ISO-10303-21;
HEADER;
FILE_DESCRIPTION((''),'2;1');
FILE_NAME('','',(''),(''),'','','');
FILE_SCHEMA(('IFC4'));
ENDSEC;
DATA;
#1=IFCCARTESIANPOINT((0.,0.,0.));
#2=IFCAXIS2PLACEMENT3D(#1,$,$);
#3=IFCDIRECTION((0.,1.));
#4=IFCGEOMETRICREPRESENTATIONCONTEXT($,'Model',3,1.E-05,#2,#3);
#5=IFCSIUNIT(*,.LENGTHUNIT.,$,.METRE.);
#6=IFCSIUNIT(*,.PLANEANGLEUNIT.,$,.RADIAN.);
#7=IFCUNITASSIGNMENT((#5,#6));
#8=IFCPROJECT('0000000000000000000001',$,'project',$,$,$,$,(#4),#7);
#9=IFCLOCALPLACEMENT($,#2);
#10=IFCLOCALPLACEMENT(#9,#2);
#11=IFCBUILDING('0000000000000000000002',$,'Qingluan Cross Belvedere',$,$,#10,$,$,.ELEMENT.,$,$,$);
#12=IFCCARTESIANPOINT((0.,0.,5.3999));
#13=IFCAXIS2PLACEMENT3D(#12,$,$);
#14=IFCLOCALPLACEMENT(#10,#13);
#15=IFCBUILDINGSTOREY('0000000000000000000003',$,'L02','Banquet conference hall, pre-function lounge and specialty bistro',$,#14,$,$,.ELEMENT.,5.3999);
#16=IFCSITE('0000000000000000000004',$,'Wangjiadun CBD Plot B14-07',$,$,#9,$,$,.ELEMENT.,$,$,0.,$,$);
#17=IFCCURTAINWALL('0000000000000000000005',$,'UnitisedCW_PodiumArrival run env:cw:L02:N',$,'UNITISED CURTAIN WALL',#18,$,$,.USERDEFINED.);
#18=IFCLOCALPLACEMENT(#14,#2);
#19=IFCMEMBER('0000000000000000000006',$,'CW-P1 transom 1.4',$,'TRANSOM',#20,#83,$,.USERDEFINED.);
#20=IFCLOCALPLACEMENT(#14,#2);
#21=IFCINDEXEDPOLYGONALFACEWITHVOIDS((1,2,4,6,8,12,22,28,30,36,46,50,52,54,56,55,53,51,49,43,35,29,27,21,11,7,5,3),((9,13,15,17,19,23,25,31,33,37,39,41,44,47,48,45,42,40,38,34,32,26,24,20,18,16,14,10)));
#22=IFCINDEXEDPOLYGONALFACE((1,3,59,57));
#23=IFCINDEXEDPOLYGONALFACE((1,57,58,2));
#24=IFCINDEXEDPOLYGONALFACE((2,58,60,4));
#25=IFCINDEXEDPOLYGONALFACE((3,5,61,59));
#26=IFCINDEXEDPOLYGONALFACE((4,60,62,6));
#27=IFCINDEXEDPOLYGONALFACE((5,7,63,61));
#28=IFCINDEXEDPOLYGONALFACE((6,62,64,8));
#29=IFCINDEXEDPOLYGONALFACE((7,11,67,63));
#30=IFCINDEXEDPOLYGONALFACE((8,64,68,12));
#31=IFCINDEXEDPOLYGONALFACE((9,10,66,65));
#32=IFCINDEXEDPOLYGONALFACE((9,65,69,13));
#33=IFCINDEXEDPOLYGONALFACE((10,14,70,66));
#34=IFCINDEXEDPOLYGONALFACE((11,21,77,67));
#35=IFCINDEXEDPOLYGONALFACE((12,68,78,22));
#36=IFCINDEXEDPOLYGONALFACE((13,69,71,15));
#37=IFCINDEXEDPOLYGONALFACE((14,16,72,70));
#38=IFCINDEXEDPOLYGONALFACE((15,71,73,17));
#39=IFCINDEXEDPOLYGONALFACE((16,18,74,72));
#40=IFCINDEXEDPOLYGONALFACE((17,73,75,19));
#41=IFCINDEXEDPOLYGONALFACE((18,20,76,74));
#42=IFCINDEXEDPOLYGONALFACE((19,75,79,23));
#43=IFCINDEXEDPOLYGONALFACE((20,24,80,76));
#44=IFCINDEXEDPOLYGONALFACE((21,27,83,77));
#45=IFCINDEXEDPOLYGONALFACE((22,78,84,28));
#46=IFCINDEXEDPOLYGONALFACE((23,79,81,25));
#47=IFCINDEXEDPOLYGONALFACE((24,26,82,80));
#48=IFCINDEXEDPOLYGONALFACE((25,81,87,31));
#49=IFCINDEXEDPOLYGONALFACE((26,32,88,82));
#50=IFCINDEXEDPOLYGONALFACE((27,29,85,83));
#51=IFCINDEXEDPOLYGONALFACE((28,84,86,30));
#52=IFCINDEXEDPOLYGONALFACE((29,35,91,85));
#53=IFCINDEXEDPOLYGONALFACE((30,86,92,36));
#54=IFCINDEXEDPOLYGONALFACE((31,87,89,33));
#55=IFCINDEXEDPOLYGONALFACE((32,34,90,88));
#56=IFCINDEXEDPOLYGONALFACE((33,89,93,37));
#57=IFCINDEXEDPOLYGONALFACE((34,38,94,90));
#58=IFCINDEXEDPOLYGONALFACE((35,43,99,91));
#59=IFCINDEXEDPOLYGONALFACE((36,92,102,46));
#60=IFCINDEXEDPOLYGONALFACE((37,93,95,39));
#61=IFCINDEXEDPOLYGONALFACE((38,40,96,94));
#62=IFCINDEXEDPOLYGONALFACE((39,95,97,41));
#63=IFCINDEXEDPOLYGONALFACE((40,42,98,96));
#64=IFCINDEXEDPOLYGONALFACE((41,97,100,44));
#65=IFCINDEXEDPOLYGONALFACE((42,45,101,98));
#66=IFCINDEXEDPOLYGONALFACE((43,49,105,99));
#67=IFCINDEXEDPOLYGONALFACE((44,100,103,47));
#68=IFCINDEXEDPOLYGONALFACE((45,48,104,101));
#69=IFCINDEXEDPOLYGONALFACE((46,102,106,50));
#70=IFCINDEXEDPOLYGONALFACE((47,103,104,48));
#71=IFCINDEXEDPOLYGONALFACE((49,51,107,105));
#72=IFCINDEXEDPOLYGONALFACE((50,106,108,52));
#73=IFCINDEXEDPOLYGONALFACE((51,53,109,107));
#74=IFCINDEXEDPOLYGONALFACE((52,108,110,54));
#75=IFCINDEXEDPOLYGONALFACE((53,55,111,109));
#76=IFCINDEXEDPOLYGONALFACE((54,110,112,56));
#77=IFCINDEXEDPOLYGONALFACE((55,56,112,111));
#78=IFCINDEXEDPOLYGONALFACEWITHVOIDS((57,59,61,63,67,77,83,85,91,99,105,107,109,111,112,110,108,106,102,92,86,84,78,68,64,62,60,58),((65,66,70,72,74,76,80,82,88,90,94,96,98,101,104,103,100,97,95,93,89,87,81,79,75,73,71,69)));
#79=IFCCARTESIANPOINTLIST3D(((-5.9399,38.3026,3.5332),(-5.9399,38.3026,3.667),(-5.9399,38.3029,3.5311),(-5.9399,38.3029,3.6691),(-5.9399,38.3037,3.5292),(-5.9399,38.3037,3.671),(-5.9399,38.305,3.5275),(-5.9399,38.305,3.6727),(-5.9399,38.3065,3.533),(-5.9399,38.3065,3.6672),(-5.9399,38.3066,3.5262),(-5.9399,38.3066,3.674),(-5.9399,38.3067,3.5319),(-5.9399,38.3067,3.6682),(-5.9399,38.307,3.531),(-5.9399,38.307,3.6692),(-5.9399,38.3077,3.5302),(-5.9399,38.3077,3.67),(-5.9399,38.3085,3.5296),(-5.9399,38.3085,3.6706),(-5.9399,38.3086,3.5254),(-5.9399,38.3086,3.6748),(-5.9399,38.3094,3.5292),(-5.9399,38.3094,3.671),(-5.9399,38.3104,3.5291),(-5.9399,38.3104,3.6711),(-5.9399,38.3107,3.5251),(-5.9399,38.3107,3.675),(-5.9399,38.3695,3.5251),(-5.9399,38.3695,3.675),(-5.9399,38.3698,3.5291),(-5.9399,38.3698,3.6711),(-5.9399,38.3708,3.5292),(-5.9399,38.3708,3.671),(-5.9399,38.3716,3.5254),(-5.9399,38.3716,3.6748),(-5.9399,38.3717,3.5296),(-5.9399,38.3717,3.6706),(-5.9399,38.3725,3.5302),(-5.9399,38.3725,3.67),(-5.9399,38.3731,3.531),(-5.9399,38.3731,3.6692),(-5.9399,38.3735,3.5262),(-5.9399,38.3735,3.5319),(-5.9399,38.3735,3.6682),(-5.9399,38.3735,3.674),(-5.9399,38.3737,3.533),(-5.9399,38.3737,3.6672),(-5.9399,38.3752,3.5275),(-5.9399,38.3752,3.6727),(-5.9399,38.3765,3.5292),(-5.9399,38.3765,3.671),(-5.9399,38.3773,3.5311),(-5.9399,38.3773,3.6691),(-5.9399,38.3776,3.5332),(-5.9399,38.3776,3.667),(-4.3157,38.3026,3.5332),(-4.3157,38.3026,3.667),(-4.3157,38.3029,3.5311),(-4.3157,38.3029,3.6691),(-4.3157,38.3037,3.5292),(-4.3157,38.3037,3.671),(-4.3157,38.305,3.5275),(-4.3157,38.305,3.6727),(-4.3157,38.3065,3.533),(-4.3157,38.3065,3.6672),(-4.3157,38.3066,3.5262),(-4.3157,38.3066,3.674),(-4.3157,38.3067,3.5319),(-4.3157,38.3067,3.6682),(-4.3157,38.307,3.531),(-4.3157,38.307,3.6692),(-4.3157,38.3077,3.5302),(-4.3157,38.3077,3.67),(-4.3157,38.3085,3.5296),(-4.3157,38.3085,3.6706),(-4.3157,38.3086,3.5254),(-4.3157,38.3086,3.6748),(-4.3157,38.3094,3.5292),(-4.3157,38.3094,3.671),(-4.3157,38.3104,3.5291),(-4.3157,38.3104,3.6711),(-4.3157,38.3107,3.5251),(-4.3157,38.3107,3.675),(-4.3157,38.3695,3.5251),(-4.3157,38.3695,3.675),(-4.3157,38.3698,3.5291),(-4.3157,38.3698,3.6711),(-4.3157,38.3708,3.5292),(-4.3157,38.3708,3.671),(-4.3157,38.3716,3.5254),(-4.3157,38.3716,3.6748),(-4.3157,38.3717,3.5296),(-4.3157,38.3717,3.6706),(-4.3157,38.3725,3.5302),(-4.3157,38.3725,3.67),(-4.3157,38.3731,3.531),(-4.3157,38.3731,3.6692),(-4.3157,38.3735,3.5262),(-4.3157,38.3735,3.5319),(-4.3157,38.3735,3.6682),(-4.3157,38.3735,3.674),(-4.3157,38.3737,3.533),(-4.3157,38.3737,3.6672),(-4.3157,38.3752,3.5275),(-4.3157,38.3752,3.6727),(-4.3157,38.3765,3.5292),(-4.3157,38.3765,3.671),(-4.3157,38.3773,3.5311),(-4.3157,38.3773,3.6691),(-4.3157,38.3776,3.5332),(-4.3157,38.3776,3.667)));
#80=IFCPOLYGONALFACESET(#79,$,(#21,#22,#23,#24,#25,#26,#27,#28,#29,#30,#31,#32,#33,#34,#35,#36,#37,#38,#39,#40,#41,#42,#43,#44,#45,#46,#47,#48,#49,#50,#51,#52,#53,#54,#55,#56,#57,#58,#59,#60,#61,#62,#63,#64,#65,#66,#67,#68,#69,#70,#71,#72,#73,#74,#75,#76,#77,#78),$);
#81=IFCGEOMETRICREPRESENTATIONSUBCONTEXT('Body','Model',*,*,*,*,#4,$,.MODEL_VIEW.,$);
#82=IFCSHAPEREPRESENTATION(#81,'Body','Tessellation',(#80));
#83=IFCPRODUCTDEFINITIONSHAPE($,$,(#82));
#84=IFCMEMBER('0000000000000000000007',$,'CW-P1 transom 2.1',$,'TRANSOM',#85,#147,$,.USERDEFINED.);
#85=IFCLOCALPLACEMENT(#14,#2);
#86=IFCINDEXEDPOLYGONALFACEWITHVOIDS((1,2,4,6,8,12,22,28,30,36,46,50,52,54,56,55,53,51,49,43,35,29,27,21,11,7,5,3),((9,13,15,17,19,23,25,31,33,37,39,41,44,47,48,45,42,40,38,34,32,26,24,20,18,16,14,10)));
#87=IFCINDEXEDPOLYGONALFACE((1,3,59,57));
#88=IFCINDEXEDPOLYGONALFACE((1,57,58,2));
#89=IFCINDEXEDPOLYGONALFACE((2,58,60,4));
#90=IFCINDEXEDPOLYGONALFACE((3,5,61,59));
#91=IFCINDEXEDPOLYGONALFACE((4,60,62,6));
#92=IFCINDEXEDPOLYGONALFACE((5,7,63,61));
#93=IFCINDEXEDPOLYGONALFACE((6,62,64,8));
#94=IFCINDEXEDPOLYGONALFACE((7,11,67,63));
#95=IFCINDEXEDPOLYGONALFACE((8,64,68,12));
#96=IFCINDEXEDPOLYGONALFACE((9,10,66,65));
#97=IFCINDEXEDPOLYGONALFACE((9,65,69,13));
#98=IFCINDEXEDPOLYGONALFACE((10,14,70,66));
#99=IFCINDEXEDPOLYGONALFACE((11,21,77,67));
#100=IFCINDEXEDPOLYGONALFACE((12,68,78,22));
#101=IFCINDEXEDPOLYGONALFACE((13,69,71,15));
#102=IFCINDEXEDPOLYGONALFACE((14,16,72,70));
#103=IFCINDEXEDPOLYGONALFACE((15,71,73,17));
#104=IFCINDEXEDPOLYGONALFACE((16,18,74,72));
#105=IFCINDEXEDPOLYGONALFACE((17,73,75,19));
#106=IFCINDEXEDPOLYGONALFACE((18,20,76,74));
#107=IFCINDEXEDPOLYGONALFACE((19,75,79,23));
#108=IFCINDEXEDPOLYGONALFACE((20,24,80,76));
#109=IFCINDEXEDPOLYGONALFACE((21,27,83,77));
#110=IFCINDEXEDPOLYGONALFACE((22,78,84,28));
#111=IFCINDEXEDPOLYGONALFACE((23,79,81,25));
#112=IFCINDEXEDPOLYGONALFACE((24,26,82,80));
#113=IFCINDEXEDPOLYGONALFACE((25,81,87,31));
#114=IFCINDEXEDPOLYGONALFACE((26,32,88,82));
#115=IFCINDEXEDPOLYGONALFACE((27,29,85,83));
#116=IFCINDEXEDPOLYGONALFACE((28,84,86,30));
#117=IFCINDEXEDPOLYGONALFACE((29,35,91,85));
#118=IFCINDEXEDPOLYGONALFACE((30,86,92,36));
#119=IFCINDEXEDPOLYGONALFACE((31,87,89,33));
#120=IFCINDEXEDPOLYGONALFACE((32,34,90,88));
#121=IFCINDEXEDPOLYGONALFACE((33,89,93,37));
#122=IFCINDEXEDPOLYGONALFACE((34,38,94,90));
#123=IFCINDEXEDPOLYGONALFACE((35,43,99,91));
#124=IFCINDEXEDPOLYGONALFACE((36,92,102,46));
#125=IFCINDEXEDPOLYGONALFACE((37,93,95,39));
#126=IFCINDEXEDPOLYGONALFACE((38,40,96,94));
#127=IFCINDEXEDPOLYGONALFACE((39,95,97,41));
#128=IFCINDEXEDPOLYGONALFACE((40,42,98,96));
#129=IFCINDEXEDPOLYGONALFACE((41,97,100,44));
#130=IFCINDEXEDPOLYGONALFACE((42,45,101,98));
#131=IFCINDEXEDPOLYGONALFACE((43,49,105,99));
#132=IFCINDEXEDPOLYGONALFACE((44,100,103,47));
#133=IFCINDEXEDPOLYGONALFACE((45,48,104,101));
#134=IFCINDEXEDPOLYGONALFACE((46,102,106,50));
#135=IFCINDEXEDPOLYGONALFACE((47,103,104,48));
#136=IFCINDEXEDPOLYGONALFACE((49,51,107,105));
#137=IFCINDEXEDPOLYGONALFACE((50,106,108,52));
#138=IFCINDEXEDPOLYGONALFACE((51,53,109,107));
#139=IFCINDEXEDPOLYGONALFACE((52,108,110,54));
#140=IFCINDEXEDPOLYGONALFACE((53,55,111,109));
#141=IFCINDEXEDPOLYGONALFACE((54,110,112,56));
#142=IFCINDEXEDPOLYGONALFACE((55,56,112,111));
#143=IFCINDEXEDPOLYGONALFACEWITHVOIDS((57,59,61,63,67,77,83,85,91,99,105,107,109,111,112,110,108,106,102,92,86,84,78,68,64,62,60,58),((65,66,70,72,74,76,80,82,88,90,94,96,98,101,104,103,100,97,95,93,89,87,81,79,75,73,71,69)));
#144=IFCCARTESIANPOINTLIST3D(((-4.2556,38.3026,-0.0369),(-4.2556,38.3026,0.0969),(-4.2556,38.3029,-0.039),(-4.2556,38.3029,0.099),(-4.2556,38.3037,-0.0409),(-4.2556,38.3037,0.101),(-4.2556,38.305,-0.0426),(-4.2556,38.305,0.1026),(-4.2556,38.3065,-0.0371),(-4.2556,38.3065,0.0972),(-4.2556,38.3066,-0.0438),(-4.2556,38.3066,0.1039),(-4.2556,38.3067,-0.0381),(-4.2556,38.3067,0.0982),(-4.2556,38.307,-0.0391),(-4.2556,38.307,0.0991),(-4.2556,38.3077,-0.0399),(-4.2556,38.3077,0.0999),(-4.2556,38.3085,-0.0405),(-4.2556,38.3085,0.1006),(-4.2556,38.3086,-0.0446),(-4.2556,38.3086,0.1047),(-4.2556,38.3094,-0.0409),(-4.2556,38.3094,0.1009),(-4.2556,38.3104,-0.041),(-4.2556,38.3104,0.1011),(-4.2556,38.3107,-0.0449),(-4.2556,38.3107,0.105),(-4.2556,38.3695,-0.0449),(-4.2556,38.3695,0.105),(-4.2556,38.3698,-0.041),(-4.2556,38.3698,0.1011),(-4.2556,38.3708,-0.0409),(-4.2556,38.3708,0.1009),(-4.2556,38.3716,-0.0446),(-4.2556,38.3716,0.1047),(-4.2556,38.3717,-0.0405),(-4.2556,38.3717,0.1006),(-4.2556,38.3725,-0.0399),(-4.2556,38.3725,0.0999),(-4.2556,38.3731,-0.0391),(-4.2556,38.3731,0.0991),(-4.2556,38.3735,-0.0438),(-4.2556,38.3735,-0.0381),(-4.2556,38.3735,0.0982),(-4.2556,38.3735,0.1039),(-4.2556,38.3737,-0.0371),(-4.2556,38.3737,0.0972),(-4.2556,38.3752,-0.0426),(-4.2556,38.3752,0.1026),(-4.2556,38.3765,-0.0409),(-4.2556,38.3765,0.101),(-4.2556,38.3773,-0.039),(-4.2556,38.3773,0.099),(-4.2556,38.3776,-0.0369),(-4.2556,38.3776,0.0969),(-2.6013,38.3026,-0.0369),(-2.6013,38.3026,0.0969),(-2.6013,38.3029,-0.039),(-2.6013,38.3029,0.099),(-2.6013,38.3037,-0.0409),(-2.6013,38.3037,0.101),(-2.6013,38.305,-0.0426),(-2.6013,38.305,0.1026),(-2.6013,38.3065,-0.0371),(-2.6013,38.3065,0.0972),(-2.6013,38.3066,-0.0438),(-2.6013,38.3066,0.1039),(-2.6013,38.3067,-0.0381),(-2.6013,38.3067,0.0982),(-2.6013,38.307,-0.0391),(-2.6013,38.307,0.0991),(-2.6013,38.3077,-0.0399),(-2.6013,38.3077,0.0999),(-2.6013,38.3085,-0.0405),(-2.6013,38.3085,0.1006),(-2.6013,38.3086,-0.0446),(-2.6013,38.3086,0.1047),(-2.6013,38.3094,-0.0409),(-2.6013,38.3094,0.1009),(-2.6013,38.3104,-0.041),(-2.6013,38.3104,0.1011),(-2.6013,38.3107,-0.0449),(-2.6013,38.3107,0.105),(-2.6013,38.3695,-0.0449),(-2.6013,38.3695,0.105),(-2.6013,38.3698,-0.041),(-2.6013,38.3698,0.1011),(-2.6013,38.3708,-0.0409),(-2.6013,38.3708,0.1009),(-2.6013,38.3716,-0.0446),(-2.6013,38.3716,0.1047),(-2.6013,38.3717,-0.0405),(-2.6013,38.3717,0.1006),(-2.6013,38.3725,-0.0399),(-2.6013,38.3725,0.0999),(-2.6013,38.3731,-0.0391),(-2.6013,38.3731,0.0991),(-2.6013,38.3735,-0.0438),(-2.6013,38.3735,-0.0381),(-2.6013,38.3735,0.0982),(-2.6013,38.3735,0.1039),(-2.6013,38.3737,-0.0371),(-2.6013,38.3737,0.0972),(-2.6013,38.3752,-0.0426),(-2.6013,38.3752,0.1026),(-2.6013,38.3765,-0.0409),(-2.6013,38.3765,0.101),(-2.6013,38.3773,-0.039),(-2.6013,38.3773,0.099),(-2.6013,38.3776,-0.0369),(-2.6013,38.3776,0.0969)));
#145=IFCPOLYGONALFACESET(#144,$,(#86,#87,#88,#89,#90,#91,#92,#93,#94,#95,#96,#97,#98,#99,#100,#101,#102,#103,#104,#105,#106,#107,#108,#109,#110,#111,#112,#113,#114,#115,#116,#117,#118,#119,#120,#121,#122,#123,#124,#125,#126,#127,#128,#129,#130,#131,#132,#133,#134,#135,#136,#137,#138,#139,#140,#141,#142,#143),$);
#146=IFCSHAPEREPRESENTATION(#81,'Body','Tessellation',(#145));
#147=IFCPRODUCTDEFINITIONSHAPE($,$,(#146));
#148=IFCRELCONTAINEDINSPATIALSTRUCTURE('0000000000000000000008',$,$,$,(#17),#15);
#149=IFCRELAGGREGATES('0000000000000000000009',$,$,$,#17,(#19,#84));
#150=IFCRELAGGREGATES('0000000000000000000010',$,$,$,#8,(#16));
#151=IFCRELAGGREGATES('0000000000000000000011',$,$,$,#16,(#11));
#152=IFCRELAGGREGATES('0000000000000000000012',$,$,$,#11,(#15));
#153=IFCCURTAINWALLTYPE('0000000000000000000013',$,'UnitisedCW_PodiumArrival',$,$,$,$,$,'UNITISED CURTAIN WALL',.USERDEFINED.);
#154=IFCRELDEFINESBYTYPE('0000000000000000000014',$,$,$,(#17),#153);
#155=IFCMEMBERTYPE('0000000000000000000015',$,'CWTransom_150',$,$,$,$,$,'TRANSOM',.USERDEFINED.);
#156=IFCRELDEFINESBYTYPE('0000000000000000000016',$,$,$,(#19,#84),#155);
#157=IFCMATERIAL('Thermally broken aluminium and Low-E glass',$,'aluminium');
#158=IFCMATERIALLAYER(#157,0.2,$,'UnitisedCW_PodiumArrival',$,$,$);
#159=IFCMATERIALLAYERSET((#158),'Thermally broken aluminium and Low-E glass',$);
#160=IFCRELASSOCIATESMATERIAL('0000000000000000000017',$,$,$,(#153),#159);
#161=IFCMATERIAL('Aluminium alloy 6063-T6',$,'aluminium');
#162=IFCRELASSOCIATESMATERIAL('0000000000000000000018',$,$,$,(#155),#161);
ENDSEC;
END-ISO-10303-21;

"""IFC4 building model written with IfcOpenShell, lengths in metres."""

from ifc_helpers import new_model, si_unit, direction, frame, origin, origin_2d, place, context, subcontext, project, spatial, hollow_rectangle, extrude, material, layer, layer_set, material_profile, profile_set, type_object, element, aggregate, save


model = new_model("IFC4")

# Units and contexts
model_context = context("Model", 3, precision=1e-05, world=origin(), true_north=direction((0.0, 1.0)))
body_context = subcontext(model_context, "Body", "Model", "MODEL_VIEW")
ifc_project = project(units=[si_unit("LENGTHUNIT", "METRE"), si_unit("PLANEANGLEUNIT", "RADIAN")], contexts=[model_context])

# Site, building, storey
site_placement = place(None, origin())
site = spatial("IfcSite", under=ifc_project, at=site_placement, Name="Wangjiadun CBD Plot B14-07", CompositionType="ELEMENT", RefElevation=0.0)
building_placement = place(site_placement, origin())
building = spatial("IfcBuilding", under=site, at=building_placement, Name="Qingluan Cross Belvedere", CompositionType="ELEMENT")
storey_placement = place(building_placement, frame((0.0, 0.0, 5.3999)))
storey = spatial("IfcBuildingStorey", under=building, at=storey_placement, Name="L02", Description="Banquet conference hall, pre-function lounge and specialty bistro", CompositionType="ELEMENT", Elevation=5.3999)

# Curtain wall, members
ifc_material_1 = material(Name="Thermally broken aluminium and Low-E glass", Category="aluminium")
ifc_layer_1 = layer(ifc_material_1, 0.2, Name="UnitisedCW_PodiumArrival")
ifc_layer_set_1 = layer_set([ifc_layer_1], Name="Thermally broken aluminium and Low-E glass")
curtain_wall_type = type_object("IfcCurtainWallType", Name="UnitisedCW_PodiumArrival", ElementType="UNITISED CURTAIN WALL", PredefinedType="USERDEFINED", material=ifc_layer_set_1)
curtain_wall_placement = place(storey_placement, origin())
curtain_wall = element("IfcCurtainWall", 1, at=curtain_wall_placement, inside=storey, type_object=curtain_wall_type, Name="UnitisedCW_PodiumArrival run env:cw:L02:N", ObjectType="UNITISED CURTAIN WALL", PredefinedType="USERDEFINED")
ifc_material_2 = material(Name="Aluminium alloy 6063-T6", Category="aluminium")
ifc_material_profile_1 = material_profile(ifc_material_2, hollow_rectangle(XDim=0.075, YDim=0.1499, WallThickness=0.0039, InnerFilletRadius=0.0039, OuterFilletRadius=0.0081, at=origin_2d()), Name="CWT150x75x4")
ifc_profile_set_1 = profile_set([ifc_material_profile_1], Name="Aluminium alloy 6063-T6")
member_type_1 = type_object("IfcMemberType", Name="CWTransom_150", ElementType="TRANSOM", PredefinedType="USERDEFINED", material=ifc_profile_set_1)
member_1_placement = place(storey_placement, frame((-5.9399, 38.3401, 3.6001), z_axis=(1.0, 0.0, 0.0), x_axis=(0.0, 1.0, 0.0)))
member_1 = element("IfcMember", 2, at=member_1_placement, type_object=member_type_1, Name="CW-P1 transom 1.4", ObjectType="TRANSOM", PredefinedType="USERDEFINED", context=body_context, shape_type="SweptSolid", body=[
    extrude(hollow_rectangle(XDim=0.075, YDim=0.1499, WallThickness=0.0039, InnerFilletRadius=0.0039, OuterFilletRadius=0.0081, at=origin_2d()), origin(), (0.0, 0.0, 1.0), 1.6243),
])
member_2_placement = place(storey_placement, frame((-4.2556, 38.3401, 0.03), z_axis=(1.0, 0.0, 0.0), x_axis=(0.0, 1.0, 0.0)))
member_2 = element("IfcMember", 3, at=member_2_placement, type_object=member_type_1, Name="CW-P1 transom 2.1", ObjectType="TRANSOM", PredefinedType="USERDEFINED", context=body_context, shape_type="SweptSolid", body=[
    extrude(hollow_rectangle(XDim=0.075, YDim=0.1499, WallThickness=0.0039, InnerFilletRadius=0.0039, OuterFilletRadius=0.0081, at=origin_2d()), origin(), (0.0, 0.0, 1.0), 1.6543),
])

aggregate(curtain_wall, [member_1, member_2])

save(model, "model.ifc")
